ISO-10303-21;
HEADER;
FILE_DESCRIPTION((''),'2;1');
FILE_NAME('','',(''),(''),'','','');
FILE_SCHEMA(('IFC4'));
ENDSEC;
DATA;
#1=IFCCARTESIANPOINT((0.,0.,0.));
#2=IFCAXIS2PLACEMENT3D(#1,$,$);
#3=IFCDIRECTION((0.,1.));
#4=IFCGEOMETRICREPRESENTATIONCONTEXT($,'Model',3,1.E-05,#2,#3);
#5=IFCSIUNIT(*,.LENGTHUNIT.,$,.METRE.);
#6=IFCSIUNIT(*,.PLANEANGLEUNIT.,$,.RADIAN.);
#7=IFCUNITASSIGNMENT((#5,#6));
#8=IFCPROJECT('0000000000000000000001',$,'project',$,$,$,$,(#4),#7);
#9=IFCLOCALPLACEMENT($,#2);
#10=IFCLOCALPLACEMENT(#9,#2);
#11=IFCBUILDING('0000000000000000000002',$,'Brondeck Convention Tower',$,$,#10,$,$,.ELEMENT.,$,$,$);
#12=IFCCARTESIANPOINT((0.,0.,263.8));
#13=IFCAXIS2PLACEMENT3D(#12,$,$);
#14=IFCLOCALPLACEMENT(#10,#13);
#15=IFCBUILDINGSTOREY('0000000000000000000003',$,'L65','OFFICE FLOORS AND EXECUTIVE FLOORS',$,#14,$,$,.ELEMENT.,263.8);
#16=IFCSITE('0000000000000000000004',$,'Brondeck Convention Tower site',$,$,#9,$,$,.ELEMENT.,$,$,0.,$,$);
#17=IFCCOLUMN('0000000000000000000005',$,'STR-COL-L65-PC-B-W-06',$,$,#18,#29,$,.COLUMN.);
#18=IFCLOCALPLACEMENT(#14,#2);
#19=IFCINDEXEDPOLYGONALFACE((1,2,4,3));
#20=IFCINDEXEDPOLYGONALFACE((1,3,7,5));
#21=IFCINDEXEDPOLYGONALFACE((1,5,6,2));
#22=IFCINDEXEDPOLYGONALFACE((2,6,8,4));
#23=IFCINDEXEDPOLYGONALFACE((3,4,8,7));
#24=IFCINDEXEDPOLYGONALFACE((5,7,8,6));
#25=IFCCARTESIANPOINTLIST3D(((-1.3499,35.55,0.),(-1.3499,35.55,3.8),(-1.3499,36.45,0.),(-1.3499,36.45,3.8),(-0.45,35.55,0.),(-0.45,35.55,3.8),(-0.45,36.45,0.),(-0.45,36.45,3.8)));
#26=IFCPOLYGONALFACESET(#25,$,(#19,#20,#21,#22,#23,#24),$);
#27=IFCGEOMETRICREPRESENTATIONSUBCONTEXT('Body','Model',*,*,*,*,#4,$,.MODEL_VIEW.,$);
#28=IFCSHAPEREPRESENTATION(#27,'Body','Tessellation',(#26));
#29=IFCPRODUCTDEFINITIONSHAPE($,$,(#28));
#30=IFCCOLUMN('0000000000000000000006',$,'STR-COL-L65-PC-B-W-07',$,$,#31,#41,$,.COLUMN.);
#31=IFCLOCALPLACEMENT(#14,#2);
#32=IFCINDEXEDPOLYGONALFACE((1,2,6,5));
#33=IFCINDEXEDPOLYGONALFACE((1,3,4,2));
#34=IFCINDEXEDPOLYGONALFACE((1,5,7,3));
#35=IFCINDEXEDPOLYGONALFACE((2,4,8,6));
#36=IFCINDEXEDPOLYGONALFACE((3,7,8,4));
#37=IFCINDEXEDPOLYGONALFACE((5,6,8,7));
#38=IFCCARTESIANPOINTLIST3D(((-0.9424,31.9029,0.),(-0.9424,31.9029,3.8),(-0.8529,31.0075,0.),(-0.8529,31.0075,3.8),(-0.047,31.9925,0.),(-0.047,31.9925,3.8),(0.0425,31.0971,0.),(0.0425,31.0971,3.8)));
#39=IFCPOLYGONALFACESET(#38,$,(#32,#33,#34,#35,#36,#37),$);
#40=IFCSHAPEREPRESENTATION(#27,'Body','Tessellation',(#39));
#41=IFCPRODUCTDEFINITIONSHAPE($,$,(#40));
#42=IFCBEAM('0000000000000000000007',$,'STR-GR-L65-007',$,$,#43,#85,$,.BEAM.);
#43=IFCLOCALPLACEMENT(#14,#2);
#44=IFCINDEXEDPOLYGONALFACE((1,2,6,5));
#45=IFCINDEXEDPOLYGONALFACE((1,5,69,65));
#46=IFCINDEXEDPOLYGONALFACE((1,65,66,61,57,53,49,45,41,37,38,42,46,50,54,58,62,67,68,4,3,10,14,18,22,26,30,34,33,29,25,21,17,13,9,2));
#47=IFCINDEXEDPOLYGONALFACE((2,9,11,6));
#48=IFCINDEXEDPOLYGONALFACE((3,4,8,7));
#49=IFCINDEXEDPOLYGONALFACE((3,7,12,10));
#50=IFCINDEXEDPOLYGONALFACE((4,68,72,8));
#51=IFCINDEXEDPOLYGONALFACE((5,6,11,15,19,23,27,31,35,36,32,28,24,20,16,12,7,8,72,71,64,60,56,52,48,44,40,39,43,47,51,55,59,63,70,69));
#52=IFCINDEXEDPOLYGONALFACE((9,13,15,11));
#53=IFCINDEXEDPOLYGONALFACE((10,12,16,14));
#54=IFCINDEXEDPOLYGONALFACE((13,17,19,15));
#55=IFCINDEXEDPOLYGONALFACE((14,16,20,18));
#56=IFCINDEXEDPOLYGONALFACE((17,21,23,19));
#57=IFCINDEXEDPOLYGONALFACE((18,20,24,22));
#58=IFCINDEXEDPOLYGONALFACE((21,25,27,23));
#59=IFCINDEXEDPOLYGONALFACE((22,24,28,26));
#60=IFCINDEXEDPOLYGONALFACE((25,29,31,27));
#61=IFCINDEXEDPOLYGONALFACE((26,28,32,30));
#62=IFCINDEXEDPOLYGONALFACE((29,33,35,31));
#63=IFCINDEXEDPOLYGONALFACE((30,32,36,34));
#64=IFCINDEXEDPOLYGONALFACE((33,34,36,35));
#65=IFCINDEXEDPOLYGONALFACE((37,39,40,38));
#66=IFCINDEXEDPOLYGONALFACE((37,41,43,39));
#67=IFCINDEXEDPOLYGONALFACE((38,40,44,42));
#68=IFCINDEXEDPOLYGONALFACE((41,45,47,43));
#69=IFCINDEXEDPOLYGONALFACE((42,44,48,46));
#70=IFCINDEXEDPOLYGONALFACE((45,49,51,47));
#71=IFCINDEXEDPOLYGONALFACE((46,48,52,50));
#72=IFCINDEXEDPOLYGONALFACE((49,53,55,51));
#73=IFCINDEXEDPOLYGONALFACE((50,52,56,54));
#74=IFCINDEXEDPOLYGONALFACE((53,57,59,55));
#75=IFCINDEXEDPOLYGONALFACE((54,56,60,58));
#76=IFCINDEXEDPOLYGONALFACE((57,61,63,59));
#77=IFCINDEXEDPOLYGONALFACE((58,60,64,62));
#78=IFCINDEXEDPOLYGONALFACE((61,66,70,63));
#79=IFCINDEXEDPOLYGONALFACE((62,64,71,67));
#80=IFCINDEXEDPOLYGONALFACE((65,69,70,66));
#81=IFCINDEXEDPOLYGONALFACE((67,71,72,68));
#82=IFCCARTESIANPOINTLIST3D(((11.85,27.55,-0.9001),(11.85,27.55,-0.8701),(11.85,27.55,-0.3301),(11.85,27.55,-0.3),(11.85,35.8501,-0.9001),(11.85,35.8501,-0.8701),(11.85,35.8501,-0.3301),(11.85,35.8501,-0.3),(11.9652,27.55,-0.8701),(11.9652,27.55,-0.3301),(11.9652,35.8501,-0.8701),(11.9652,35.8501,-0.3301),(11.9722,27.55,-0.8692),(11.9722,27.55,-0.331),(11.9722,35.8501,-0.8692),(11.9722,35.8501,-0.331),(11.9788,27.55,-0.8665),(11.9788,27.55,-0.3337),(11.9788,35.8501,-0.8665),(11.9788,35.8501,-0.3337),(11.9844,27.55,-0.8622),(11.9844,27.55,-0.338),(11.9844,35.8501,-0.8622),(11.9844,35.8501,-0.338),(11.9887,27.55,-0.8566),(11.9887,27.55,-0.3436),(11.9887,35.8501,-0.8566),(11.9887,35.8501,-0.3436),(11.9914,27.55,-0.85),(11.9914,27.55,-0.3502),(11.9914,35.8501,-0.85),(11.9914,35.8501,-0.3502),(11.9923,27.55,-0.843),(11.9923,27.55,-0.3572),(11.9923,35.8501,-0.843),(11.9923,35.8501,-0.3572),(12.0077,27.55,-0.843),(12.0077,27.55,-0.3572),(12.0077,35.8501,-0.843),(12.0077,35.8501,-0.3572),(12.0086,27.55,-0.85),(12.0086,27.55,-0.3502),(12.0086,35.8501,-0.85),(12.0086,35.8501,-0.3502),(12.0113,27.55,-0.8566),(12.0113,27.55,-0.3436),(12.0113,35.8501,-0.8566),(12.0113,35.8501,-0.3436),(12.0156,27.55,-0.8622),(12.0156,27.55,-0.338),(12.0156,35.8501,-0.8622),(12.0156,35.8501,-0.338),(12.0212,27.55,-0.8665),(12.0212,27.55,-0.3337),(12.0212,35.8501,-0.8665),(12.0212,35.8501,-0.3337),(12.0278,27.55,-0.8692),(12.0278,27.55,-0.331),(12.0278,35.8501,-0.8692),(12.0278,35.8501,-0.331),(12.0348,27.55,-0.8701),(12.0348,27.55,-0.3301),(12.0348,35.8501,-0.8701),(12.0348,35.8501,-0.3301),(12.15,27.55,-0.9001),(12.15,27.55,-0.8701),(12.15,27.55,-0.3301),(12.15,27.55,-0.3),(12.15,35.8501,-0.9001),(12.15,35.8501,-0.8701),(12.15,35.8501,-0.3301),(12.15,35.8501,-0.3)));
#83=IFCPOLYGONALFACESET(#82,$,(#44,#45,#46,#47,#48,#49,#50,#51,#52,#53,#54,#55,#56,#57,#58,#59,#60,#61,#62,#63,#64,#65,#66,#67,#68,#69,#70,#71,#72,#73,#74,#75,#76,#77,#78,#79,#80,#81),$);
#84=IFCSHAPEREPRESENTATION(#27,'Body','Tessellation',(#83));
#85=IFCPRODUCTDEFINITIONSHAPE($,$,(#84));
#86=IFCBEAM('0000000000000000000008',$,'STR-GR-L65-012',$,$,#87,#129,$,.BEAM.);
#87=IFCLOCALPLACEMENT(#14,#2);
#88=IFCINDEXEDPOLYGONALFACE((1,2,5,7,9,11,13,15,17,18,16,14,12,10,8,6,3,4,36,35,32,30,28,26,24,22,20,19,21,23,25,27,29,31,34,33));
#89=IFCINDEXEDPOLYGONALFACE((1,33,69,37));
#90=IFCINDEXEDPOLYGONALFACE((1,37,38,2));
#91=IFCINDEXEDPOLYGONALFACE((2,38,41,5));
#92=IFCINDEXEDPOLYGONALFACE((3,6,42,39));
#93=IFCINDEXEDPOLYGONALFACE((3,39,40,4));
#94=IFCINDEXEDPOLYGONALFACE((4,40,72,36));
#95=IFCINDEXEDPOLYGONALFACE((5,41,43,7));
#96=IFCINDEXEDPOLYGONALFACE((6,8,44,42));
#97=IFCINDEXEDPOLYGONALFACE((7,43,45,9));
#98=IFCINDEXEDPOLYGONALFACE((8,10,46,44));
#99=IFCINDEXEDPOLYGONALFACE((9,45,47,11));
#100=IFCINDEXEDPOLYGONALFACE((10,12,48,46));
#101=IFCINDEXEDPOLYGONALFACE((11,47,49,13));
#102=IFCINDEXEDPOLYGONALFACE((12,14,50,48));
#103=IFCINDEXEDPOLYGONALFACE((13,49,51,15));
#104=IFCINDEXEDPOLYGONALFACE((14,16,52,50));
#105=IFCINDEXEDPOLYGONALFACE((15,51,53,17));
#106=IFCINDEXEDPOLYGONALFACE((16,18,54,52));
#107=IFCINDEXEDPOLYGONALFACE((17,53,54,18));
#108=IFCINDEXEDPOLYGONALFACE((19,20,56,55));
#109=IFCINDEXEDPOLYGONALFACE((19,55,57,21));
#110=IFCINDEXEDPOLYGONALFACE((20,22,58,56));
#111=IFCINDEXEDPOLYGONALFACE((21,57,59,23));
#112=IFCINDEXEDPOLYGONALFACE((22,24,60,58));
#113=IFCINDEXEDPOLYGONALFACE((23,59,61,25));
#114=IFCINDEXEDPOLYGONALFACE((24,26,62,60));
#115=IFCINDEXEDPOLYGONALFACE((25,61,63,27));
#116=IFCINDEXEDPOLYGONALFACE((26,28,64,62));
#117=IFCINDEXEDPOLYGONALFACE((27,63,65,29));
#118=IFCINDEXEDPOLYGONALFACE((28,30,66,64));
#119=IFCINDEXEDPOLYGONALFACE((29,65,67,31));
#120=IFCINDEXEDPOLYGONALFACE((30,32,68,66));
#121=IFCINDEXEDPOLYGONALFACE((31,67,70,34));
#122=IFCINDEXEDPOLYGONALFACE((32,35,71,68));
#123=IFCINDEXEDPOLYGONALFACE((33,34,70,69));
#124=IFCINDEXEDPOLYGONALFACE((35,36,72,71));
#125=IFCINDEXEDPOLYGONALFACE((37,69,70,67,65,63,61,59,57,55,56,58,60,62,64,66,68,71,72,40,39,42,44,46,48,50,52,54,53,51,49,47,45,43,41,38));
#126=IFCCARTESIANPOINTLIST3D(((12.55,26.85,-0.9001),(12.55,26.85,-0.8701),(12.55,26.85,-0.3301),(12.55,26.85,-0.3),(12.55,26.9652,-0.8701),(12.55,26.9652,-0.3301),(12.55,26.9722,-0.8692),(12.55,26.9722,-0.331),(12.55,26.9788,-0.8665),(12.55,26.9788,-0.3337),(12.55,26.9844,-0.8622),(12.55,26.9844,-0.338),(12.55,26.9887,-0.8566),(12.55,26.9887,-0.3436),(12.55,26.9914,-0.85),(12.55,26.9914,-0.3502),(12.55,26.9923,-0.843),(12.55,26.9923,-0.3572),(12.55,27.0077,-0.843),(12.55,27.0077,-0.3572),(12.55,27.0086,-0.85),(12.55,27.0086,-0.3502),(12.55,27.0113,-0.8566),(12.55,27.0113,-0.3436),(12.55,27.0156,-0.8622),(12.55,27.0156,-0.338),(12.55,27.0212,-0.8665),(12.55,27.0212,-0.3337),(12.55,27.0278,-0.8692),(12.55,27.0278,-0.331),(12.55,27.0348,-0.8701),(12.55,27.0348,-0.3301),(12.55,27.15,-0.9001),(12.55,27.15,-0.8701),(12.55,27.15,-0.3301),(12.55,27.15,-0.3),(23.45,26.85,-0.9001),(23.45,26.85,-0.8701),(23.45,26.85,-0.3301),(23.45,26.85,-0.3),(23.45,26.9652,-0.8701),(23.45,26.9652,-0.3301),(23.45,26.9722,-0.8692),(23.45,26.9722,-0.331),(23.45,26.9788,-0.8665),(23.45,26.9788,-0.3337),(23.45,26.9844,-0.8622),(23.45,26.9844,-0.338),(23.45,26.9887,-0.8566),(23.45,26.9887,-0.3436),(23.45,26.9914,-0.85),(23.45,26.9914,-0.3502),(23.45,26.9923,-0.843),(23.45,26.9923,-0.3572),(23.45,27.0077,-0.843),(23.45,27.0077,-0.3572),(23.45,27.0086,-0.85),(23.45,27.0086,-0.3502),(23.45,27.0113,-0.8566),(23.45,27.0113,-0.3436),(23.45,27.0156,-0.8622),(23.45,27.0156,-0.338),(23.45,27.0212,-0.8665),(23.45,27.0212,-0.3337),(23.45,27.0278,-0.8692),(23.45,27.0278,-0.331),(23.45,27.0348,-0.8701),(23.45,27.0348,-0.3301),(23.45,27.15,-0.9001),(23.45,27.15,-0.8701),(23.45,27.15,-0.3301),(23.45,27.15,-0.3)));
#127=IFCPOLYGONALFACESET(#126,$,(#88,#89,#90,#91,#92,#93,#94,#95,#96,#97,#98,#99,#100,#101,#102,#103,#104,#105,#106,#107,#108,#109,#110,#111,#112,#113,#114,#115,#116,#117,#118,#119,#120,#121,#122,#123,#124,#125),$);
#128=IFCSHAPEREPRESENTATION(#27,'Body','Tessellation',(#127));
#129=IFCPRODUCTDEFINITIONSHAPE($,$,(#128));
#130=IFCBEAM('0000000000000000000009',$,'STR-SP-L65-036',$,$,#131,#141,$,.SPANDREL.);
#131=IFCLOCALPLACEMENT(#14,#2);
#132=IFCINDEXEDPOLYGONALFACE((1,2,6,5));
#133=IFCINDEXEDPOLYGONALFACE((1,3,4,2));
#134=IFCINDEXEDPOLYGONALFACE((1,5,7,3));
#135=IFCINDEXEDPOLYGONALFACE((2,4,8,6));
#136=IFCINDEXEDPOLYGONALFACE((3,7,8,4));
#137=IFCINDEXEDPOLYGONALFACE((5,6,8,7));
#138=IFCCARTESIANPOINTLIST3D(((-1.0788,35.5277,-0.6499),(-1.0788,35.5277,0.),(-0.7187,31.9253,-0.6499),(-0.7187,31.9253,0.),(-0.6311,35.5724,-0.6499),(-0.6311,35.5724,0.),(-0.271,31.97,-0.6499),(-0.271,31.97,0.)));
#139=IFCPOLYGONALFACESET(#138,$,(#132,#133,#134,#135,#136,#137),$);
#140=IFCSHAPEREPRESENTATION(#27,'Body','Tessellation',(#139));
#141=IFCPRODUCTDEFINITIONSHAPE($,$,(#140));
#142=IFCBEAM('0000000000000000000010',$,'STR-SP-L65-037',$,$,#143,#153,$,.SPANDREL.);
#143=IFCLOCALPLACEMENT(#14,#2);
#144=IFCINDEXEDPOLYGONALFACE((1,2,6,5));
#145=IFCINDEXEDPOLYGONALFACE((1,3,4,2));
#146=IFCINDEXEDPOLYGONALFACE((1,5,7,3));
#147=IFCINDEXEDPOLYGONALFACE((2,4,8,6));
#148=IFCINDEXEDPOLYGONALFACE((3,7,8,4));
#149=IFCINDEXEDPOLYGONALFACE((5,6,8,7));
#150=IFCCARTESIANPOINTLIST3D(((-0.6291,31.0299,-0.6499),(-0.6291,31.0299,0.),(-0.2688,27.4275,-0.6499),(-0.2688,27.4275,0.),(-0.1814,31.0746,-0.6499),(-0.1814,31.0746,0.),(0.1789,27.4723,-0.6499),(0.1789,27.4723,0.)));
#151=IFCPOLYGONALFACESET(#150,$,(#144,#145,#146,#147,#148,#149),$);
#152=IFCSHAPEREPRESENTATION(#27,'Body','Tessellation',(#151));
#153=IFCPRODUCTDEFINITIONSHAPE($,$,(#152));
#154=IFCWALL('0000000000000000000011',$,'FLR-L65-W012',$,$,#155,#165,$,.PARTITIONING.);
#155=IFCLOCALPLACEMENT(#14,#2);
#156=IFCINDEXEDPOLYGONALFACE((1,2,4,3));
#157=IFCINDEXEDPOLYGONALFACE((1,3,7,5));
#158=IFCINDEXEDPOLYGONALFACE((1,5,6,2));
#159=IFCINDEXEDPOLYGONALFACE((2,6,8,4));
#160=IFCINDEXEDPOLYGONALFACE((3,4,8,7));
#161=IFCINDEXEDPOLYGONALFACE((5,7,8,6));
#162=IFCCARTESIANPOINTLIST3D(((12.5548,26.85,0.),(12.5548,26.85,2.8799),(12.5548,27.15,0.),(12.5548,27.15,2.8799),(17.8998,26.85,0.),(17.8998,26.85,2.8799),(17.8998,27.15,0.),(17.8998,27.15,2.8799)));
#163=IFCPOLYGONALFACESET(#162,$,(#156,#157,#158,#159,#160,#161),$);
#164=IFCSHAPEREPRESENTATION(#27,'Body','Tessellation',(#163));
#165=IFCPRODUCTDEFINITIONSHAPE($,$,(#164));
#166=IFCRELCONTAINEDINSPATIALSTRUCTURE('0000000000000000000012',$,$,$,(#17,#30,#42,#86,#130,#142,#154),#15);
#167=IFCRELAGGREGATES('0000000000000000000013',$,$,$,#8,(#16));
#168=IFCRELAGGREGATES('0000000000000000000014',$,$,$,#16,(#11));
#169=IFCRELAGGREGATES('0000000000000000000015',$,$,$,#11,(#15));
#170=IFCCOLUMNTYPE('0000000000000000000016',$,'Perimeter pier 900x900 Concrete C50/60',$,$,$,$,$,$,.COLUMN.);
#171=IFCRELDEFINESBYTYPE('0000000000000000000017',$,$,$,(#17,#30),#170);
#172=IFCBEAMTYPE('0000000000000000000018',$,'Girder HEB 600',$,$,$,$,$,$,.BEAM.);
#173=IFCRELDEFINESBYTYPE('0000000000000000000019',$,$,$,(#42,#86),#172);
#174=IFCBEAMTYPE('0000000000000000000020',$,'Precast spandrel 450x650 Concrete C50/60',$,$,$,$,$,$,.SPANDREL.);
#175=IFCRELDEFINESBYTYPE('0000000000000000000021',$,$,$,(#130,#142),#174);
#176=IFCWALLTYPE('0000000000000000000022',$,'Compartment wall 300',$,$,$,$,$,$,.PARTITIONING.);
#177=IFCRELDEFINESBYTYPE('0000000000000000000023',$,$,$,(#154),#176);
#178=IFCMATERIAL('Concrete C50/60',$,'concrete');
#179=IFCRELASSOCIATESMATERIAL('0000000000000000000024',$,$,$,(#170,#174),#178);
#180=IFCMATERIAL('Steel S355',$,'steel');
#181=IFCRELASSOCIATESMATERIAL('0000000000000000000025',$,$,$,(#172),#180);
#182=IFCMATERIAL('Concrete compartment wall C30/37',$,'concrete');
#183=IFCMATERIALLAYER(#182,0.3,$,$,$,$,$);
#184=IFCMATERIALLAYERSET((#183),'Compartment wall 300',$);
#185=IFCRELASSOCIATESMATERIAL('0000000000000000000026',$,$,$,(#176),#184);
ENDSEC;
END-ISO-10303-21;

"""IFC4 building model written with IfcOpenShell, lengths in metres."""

from ifc_helpers import new_model, si_unit, direction, frame, frame_2d, origin, origin_2d, place, context, subcontext, project, spatial, rectangle, i_section, extrude, material, layer, layer_set, material_profile, profile_set, type_object, element, save


model = new_model("IFC4")

# Units and contexts
model_context = context("Model", 3, precision=1e-05, world=origin(), true_north=direction((0.0, 1.0)))
body_context = subcontext(model_context, "Body", "Model", "MODEL_VIEW")
ifc_project = project(units=[si_unit("LENGTHUNIT", "METRE"), si_unit("PLANEANGLEUNIT", "RADIAN")], contexts=[model_context])

# Site, building, storey
site_placement = place(None, origin())
site = spatial("IfcSite", under=ifc_project, at=site_placement, Name="Brondeck Convention Tower site", CompositionType="ELEMENT", RefElevation=0.0)
building_placement = place(site_placement, origin())
building = spatial("IfcBuilding", under=site, at=building_placement, Name="Brondeck Convention Tower", CompositionType="ELEMENT")
storey_placement = place(building_placement, frame((0.0, 0.0, 263.8)))
storey = spatial("IfcBuildingStorey", under=building, at=storey_placement, Name="L65", Description="OFFICE FLOORS AND EXECUTIVE FLOORS", CompositionType="ELEMENT", Elevation=263.8)

# Columns
ifc_material_1 = material(Name="Concrete C50/60", Category="concrete")
ifc_material_profile_1 = material_profile(ifc_material_1, rectangle(XDim=0.8999, YDim=0.8999, at=origin_2d()), Name="Perimeter pier 900x900 Concrete C50/60")
ifc_profile_set_1 = profile_set([ifc_material_profile_1], Name="Concrete C50/60")
column_type = type_object("IfcColumnType", Name="Perimeter pier 900x900 Concrete C50/60", PredefinedType="COLUMN", material=ifc_profile_set_1)
for number, where, z_axis, x_axis, name in (
    (1, (-0.8999, 36.0, 0.0), (0.0, 0.0, 1.0), (0.0, -1.0, 0.0), "STR-COL-L65-PC-B-W-06"),
    (2, (-0.45, 31.5, 0.0), (0.0, 0.0, 1.0), (0.099504, -0.995037, 0.0), "STR-COL-L65-PC-B-W-07"),
):
    element("IfcColumn", number, at=place(storey_placement, frame(where, z_axis=z_axis, x_axis=x_axis)), inside=storey, type_object=column_type, Name=name, PredefinedType="COLUMN", context=body_context, shape_type="SweptSolid", body=[
        extrude(rectangle(XDim=0.8999, YDim=0.8999, at=origin_2d()), origin(), (0.0, 0.0, 1.0), 3.8),
    ])

# Beams
ifc_material_2 = material(Name="Steel S355", Category="steel")
ifc_material_profile_2 = material_profile(ifc_material_2, i_section(OverallWidth=0.3, OverallDepth=0.6001, WebThickness=0.0154, FlangeThickness=0.03, FilletRadius=0.0271, at=origin_2d()), Name="HEB 600")
ifc_profile_set_2 = profile_set([ifc_material_profile_2], Name="Steel S355")
beam_type_1 = type_object("IfcBeamType", Name="Girder HEB 600", PredefinedType="BEAM", material=ifc_profile_set_2)
beam_1_placement = place(storey_placement, frame((12.0, 35.8501, -0.6001), z_axis=(0.0, -1.0, 0.0), x_axis=(1.0, 0.0, 0.0)))
element("IfcBeam", 3, at=beam_1_placement, inside=storey, type_object=beam_type_1, Name="STR-GR-L65-007", PredefinedType="BEAM", context=body_context, shape_type="SweptSolid", body=[
    extrude(i_section(OverallWidth=0.3, OverallDepth=0.6001, WebThickness=0.0154, FlangeThickness=0.03, FilletRadius=0.0271, at=origin_2d()), origin(), (0.0, 0.0, 1.0), 8.3),
])
beam_2_placement = place(storey_placement, frame((12.55, 27.0, -0.6001), z_axis=(1.0, 0.0, 0.0), x_axis=(0.0, 1.0, 0.0)))
element("IfcBeam", 4, at=beam_2_placement, inside=storey, type_object=beam_type_1, Name="STR-GR-L65-012", PredefinedType="BEAM", context=body_context, shape_type="SweptSolid", body=[
    extrude(i_section(OverallWidth=0.3, OverallDepth=0.6001, WebThickness=0.0154, FlangeThickness=0.03, FilletRadius=0.0271, at=origin_2d()), origin(), (0.0, 0.0, 1.0), 10.8999),
])
ifc_material_profile_3 = material_profile(ifc_material_1, rectangle(XDim=0.45, YDim=0.6499, at=origin_2d()), Name="Precast spandrel 450x650 Concrete C50/60")
ifc_profile_set_3 = profile_set([ifc_material_profile_3], Name="Concrete C50/60")
beam_type_2 = type_object("IfcBeamType", Name="Precast spandrel 450x650 Concrete C50/60", PredefinedType="SPANDREL", material=ifc_profile_set_3)
for number, where, z_axis, x_axis, name in (
    (5, (-0.855, 35.55, -0.325), (0.09947, -0.995041, 0.0), (0.995041, 0.09947, 0.0), "STR-SP-L65-036"),
    (6, (-0.4053, 31.0522, -0.325), (0.099537, -0.995034, 0.0), (0.995034, 0.099537, 0.0), "STR-SP-L65-037"),
):
    element("IfcBeam", number, at=place(storey_placement, frame(where, z_axis=z_axis, x_axis=x_axis)), inside=storey, type_object=beam_type_2, Name=name, PredefinedType="SPANDREL", context=body_context, shape_type="SweptSolid", body=[
        extrude(rectangle(XDim=0.45, YDim=0.6499, at=origin_2d()), origin(), (0.0, 0.0, 1.0), 3.6204),
    ])

# Wall
ifc_material_3 = material(Name="Concrete compartment wall C30/37", Category="concrete")
ifc_layer_1 = layer(ifc_material_3, 0.3)
ifc_layer_set_1 = layer_set([ifc_layer_1], Name="Compartment wall 300")
wall_type_1 = type_object("IfcWallType", Name="Compartment wall 300", PredefinedType="PARTITIONING", material=ifc_layer_set_1)
wall_1_placement = place(storey_placement, frame((12.5549, 27.0, 0.0), z_axis=(0.0, 0.0, 1.0), x_axis=(1.0, 0.0, 0.0)))
element("IfcWall", 7, at=wall_1_placement, inside=storey, type_object=wall_type_1, Name="FLR-L65-W012", PredefinedType="PARTITIONING", context=body_context, shape_type="SweptSolid", body=[
    extrude(rectangle(XDim=5.345, YDim=0.3, at=frame_2d((2.6724, 0.0))), origin(), (0.0, 0.0, 1.0), 2.8799),
])

save(model, "model.ifc")
